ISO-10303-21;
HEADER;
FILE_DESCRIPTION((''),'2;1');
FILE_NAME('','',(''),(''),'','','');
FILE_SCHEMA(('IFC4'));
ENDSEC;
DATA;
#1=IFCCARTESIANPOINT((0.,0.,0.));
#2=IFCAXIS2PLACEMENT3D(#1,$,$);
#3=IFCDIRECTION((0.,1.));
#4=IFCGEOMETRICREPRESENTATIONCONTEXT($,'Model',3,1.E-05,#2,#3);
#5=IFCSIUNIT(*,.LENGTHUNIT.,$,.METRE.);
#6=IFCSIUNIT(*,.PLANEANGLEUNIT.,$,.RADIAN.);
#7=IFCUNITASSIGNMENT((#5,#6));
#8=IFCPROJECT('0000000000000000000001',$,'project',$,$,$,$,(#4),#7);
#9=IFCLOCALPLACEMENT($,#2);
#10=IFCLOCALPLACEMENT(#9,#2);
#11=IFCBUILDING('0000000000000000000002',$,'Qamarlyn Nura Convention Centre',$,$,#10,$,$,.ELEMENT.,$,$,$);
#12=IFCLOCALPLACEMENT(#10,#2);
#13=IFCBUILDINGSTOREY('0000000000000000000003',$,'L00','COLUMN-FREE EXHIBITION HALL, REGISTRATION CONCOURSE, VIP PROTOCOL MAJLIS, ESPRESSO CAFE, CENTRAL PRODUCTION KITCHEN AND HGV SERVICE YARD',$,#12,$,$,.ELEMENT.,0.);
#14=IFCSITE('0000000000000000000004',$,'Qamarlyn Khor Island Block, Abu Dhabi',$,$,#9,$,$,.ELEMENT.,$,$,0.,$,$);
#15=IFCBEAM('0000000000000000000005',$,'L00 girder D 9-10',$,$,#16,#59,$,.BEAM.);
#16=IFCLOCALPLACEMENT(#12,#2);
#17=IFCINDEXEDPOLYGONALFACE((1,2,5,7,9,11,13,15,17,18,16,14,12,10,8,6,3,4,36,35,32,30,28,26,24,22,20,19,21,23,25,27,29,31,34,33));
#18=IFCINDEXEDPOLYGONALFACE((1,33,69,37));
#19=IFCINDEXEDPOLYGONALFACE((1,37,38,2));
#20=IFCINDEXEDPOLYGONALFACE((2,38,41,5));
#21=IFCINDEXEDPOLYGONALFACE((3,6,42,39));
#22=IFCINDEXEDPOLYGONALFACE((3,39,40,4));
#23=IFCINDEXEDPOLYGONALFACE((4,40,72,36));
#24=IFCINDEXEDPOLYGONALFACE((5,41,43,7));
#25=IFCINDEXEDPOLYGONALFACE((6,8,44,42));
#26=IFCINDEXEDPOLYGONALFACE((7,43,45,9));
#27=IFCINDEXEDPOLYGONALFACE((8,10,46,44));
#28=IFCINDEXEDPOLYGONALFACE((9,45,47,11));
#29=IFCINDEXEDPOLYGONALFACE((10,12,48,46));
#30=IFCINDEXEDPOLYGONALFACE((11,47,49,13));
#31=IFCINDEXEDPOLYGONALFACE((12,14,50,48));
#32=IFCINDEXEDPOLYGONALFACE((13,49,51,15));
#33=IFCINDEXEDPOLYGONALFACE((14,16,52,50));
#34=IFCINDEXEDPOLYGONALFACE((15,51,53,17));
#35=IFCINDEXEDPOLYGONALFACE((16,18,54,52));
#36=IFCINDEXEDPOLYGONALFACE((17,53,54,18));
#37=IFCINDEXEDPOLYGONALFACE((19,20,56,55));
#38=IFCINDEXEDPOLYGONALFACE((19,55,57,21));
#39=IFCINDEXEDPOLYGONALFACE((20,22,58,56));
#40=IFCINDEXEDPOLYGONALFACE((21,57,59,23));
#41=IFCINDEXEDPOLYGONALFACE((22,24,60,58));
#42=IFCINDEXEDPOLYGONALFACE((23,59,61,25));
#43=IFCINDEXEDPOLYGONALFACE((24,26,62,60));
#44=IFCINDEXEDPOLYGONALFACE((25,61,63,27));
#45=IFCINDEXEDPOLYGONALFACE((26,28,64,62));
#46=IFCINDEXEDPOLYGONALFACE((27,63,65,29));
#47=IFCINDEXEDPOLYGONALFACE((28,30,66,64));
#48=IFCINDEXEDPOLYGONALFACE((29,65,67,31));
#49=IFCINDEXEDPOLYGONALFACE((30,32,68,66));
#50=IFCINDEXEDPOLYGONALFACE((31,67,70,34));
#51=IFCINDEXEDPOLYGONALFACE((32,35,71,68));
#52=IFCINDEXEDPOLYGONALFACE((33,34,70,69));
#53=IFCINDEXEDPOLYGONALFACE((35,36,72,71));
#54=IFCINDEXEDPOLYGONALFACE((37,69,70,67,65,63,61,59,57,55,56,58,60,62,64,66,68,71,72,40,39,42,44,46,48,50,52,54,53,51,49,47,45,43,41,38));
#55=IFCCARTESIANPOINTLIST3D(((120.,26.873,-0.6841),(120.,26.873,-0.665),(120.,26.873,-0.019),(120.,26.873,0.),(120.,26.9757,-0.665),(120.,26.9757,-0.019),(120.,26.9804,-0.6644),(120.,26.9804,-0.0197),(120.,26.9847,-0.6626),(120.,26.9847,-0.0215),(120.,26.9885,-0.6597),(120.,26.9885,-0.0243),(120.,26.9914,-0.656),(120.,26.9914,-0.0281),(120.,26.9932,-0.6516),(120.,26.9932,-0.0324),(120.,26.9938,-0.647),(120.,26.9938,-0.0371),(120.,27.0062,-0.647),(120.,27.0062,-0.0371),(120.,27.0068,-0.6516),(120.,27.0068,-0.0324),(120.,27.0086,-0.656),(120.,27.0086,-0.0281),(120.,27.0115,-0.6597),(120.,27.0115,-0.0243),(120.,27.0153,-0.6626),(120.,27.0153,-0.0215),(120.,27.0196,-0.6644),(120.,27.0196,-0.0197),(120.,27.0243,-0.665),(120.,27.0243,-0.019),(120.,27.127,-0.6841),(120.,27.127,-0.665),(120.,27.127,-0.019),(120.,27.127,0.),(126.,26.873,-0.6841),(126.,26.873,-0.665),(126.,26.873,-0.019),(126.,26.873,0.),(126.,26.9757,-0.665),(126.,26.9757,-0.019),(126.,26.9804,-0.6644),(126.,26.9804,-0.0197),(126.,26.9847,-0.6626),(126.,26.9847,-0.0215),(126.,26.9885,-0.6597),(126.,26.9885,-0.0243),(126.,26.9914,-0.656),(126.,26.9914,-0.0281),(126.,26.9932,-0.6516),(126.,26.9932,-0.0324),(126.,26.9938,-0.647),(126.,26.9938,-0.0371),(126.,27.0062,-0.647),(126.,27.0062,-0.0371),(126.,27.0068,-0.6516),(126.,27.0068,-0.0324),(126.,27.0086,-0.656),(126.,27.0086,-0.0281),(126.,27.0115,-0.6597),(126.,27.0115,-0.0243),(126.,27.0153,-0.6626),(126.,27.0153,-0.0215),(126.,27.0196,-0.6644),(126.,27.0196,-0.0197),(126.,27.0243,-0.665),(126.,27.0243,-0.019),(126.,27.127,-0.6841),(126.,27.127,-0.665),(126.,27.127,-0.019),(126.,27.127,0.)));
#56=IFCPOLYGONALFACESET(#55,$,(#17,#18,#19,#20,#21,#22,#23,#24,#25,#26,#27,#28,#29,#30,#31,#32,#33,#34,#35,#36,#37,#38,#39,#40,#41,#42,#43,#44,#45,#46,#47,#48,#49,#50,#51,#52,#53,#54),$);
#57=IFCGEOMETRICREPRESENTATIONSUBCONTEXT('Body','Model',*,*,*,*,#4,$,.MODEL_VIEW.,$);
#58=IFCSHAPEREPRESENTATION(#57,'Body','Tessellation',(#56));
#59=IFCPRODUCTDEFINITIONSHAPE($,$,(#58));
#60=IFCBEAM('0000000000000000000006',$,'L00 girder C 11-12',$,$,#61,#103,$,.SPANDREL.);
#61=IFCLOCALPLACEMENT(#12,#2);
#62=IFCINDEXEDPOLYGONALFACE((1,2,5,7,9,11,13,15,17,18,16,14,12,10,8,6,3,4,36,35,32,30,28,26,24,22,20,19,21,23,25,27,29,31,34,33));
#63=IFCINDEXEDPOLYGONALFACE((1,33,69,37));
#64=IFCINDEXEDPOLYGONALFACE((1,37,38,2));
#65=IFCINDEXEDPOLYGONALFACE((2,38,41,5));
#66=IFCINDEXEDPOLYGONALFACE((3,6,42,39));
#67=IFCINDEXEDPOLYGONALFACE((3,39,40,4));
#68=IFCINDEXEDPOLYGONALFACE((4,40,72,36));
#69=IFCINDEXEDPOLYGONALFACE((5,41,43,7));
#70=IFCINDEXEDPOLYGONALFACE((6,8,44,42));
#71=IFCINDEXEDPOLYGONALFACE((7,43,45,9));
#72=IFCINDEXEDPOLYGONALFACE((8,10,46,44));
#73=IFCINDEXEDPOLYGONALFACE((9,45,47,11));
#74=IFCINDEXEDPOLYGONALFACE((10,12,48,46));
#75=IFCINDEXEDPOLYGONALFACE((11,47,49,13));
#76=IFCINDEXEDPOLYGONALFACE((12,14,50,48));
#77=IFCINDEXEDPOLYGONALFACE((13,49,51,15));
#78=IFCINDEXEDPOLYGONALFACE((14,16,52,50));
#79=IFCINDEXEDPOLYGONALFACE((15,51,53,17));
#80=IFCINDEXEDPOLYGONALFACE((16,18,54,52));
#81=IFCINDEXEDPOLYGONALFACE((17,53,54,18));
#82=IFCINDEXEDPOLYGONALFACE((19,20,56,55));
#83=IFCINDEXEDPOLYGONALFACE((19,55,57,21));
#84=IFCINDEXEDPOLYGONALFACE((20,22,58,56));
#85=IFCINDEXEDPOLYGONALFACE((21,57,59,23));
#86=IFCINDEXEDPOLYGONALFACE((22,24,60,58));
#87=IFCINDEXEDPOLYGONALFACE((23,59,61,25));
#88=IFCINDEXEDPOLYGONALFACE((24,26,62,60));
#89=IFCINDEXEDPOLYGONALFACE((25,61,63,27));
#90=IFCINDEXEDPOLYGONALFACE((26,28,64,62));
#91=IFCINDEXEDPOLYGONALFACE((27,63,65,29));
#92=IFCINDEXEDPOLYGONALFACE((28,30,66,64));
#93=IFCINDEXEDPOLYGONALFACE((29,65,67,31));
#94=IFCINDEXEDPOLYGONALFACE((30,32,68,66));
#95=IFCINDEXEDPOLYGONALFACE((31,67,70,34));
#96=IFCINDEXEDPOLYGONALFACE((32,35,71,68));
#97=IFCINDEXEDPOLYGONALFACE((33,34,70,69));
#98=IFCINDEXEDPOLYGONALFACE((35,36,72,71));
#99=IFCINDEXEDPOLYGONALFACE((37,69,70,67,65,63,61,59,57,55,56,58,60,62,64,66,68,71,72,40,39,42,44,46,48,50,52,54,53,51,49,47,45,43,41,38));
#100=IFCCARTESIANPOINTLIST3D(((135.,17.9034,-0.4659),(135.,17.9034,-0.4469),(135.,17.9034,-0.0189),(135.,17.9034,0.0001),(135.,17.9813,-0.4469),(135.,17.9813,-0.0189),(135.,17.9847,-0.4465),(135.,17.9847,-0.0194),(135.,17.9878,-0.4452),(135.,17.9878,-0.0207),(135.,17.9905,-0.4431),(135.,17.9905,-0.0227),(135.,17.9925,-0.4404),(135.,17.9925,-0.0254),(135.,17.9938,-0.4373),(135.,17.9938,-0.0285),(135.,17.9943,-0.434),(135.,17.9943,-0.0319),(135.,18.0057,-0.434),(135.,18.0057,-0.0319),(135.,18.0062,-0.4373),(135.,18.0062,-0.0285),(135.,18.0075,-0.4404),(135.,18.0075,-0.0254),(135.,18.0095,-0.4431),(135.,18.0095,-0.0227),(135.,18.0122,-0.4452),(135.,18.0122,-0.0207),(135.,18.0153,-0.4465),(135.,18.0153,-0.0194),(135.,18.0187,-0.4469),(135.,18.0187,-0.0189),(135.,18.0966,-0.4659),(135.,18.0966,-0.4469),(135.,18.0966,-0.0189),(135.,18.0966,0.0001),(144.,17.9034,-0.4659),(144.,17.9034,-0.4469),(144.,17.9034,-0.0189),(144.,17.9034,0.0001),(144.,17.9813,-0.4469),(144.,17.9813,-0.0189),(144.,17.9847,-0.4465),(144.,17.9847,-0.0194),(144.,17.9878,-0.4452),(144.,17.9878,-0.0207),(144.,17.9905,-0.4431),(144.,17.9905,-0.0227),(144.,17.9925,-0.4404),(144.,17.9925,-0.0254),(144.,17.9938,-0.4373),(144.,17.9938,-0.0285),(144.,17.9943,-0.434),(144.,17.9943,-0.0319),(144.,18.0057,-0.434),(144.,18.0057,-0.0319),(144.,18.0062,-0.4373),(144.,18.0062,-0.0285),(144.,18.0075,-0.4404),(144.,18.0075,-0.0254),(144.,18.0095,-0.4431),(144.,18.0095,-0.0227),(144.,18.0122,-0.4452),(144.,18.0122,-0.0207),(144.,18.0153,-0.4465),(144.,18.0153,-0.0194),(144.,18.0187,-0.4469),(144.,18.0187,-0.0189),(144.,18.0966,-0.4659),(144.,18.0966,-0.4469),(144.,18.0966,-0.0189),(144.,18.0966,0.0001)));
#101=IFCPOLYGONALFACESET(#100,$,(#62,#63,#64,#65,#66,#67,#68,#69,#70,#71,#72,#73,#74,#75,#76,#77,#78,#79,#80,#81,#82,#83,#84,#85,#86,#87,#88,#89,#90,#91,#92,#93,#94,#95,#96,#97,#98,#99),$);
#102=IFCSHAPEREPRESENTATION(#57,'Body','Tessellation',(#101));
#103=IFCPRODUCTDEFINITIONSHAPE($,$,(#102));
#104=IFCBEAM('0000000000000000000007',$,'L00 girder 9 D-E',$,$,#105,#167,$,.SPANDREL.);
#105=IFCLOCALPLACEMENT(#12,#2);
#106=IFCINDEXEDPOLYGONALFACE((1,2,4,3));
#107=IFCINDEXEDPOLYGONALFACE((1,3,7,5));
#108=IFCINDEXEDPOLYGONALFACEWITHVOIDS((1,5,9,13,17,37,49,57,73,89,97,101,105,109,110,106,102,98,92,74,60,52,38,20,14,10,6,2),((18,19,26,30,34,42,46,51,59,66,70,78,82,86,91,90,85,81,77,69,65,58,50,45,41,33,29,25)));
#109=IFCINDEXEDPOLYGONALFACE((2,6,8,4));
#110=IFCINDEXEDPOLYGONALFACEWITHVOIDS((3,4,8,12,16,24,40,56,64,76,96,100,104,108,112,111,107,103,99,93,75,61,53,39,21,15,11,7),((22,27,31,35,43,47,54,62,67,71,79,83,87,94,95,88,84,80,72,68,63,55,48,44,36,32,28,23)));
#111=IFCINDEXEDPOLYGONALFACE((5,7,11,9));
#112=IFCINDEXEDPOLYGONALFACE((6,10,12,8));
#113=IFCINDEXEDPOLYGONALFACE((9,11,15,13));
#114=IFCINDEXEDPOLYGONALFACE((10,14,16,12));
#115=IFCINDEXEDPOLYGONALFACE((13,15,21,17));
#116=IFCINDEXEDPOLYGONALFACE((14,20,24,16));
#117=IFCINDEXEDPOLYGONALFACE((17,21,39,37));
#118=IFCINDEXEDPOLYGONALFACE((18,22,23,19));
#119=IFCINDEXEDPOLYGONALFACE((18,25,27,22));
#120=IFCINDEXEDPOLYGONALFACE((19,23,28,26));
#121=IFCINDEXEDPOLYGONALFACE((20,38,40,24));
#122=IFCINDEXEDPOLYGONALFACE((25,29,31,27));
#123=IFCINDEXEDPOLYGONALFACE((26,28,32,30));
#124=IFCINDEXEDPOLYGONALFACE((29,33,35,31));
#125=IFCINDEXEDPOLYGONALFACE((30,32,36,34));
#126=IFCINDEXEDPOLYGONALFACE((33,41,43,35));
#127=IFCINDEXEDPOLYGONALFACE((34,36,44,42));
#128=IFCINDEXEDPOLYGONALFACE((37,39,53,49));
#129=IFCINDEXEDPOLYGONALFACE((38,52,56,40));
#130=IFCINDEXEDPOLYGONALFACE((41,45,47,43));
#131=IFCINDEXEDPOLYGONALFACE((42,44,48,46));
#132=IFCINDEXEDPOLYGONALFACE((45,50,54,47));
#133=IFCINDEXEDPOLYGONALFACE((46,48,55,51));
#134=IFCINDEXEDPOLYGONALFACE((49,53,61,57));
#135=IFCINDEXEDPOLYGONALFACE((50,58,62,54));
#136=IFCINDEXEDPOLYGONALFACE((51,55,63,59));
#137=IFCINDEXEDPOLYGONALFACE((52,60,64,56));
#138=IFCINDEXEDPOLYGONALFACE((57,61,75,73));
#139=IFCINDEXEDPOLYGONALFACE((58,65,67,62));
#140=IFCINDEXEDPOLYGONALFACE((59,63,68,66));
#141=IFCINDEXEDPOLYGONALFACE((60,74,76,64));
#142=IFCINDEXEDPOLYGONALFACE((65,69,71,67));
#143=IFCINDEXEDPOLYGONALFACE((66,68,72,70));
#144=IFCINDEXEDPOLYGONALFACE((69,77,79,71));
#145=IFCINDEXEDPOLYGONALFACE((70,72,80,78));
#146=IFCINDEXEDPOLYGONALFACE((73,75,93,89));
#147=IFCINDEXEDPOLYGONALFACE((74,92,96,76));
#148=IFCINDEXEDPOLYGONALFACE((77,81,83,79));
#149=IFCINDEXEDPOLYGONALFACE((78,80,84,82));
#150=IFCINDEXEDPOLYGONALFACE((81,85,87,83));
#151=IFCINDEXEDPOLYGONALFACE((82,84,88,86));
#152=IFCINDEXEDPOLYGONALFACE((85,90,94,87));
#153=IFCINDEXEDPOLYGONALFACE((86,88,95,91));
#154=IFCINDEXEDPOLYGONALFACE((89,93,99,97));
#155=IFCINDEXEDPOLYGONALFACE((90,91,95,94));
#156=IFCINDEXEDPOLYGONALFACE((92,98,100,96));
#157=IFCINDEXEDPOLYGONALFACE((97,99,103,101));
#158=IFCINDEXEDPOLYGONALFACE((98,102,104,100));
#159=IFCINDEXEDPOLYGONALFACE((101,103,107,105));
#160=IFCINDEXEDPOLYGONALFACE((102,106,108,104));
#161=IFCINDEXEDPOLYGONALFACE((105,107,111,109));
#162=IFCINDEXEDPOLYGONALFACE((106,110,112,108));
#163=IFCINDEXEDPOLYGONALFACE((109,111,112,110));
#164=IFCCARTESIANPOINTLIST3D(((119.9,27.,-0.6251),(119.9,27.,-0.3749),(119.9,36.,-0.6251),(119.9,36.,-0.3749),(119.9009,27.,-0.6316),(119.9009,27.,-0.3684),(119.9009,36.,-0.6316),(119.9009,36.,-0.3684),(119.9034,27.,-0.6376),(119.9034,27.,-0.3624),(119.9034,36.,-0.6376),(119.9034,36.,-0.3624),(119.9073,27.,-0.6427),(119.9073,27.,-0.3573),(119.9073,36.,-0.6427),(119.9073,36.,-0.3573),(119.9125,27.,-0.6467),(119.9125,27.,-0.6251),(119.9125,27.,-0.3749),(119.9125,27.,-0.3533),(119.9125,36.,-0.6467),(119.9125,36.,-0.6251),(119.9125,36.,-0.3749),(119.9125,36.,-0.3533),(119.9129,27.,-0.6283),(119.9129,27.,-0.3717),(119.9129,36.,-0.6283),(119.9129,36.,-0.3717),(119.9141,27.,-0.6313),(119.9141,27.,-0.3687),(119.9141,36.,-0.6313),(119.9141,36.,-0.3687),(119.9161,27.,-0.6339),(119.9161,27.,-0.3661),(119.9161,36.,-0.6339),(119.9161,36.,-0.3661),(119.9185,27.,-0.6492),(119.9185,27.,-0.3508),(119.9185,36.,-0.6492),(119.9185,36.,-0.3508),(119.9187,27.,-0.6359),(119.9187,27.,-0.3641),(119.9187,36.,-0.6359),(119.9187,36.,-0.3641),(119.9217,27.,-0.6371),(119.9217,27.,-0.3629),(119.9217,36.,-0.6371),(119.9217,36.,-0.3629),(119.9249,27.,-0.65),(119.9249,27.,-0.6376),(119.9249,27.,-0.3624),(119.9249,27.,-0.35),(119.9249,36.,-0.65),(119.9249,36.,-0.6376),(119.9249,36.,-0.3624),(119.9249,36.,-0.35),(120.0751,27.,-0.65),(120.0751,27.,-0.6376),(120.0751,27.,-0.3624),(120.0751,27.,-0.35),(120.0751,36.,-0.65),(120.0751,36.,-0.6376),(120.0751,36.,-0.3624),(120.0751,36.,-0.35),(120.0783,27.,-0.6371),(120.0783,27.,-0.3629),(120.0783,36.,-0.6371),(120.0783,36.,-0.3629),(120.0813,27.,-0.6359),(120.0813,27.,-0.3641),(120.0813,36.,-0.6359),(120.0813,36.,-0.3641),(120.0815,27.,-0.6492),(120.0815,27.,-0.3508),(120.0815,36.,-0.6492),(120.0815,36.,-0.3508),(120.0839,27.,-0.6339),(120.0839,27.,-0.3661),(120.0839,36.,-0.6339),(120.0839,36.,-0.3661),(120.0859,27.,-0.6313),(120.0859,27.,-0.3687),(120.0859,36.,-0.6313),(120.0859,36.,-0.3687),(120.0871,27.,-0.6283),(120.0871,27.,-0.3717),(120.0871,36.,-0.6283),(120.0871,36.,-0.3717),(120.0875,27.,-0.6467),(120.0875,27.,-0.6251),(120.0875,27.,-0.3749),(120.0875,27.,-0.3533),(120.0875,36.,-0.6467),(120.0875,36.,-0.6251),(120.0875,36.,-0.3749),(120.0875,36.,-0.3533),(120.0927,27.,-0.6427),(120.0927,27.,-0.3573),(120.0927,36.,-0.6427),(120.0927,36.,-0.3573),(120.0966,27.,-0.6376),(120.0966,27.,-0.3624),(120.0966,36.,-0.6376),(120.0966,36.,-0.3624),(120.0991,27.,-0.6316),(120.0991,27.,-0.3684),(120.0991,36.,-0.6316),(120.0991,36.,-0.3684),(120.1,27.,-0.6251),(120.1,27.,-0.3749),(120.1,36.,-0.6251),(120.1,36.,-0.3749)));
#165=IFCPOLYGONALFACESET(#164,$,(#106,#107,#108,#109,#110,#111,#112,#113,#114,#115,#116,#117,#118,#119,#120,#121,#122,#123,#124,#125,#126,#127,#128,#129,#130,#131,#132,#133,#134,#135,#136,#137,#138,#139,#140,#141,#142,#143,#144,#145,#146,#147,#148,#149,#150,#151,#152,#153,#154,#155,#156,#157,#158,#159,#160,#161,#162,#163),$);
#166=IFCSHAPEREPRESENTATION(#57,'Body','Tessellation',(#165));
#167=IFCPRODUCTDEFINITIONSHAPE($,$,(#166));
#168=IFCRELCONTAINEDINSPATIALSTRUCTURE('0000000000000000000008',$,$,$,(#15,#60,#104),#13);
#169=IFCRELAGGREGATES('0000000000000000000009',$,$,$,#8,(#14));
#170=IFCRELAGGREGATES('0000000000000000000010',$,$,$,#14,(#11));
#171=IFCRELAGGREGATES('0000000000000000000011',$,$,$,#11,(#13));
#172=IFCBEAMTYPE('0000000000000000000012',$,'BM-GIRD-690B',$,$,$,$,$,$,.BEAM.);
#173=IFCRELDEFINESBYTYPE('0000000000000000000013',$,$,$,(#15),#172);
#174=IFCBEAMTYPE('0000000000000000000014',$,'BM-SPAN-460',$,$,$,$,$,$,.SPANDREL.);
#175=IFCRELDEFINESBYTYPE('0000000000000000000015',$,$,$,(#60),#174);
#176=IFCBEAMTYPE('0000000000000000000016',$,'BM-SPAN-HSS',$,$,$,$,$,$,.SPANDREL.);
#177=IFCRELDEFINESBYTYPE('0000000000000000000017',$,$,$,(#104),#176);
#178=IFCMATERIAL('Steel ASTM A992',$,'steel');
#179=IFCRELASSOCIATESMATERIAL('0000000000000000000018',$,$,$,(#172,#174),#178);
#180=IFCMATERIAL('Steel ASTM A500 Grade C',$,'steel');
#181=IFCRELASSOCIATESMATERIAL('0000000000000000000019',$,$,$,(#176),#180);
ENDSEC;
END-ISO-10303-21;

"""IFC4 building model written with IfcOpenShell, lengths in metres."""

from ifc_helpers import new_model, si_unit, direction, frame, origin, origin_2d, place, context, subcontext, project, spatial, hollow_rectangle, i_section, extrude, material, material_profile, profile_set, type_object, element, save


model = new_model("IFC4")

# Units and contexts
model_context = context("Model", 3, precision=1e-05, world=origin(), true_north=direction((0.0, 1.0)))
body_context = subcontext(model_context, "Body", "Model", "MODEL_VIEW")
ifc_project = project(units=[si_unit("LENGTHUNIT", "METRE"), si_unit("PLANEANGLEUNIT", "RADIAN")], contexts=[model_context])

# Site, building, storey
site_placement = place(None, origin())
site = spatial("IfcSite", under=ifc_project, at=site_placement, Name="Qamarlyn Khor Island Block, Abu Dhabi", CompositionType="ELEMENT", RefElevation=0.0)
building_placement = place(site_placement, origin())
building = spatial("IfcBuilding", under=site, at=building_placement, Name="Qamarlyn Nura Convention Centre", CompositionType="ELEMENT")
storey_placement = place(building_placement, origin())
storey = spatial("IfcBuildingStorey", under=building, at=storey_placement, Name="L00", Description="COLUMN-FREE EXHIBITION HALL, REGISTRATION CONCOURSE, VIP PROTOCOL MAJLIS, ESPRESSO CAFE, CENTRAL PRODUCTION KITCHEN AND HGV SERVICE YARD", CompositionType="ELEMENT", Elevation=0.0)

# Shared definitions
ifc_material_1 = material(Name="Steel ASTM A992", Category="steel")

# Beams
ifc_material_profile_1 = material_profile(ifc_material_1, i_section(OverallWidth=0.2539, OverallDepth=0.6841, WebThickness=0.0125, FlangeThickness=0.019, FilletRadius=0.0181, at=origin_2d()), Name="W690X140")
ifc_profile_set_1 = profile_set([ifc_material_profile_1], Name="Steel ASTM A992")
beam_type_1 = type_object("IfcBeamType", Name="BM-GIRD-690B", PredefinedType="BEAM", material=ifc_profile_set_1)
beam_1_placement = place(storey_placement, frame((120.0, 27.0, -0.342), z_axis=(1.0, 0.0, 0.0), x_axis=(0.0, 1.0, 0.0)))
element("IfcBeam", 1, at=beam_1_placement, inside=storey, type_object=beam_type_1, Name="L00 girder D 9-10", PredefinedType="BEAM", context=body_context, shape_type="SweptSolid", body=[
    extrude(i_section(OverallWidth=0.2539, OverallDepth=0.6841, WebThickness=0.0125, FlangeThickness=0.019, FilletRadius=0.0181, at=origin_2d()), origin(), (0.0, 0.0, 1.0), 6.0),
])
ifc_material_profile_2 = material_profile(ifc_material_1, i_section(OverallWidth=0.1931, OverallDepth=0.4661, WebThickness=0.0115, FlangeThickness=0.019, FilletRadius=0.0129, at=origin_2d()), Name="W460X97")
ifc_profile_set_2 = profile_set([ifc_material_profile_2], Name="Steel ASTM A992")
beam_type_2 = type_object("IfcBeamType", Name="BM-SPAN-460", PredefinedType="SPANDREL", material=ifc_profile_set_2)
beam_2_placement = place(storey_placement, frame((135.0, 18.0, -0.2329), z_axis=(1.0, 0.0, 0.0), x_axis=(0.0, 1.0, 0.0)))
element("IfcBeam", 2, at=beam_2_placement, inside=storey, type_object=beam_type_2, Name="L00 girder C 11-12", PredefinedType="SPANDREL", context=body_context, shape_type="SweptSolid", body=[
    extrude(i_section(OverallWidth=0.1931, OverallDepth=0.4661, WebThickness=0.0115, FlangeThickness=0.019, FilletRadius=0.0129, at=origin_2d()), origin(), (0.0, 0.0, 1.0), 9.0),
])
ifc_material_2 = material(Name="Steel ASTM A500 Grade C", Category="steel")
ifc_material_profile_3 = material_profile(ifc_material_2, hollow_rectangle(XDim=0.2, YDim=0.3, WallThickness=0.0125, InnerFilletRadius=0.0125, OuterFilletRadius=0.0249, at=origin_2d()), Name="HSS300X200X12.5")
ifc_profile_set_3 = profile_set([ifc_material_profile_3], Name="Steel ASTM A500 Grade C")
beam_type_3 = type_object("IfcBeamType", Name="BM-SPAN-HSS", PredefinedType="SPANDREL", material=ifc_profile_set_3)
for number, where, z_axis, x_axis, name in (
    (3, (120.0, 27.0, -0.5), (0.0, 1.0, 0.0), (-1.0, 0.0, 0.0), "L00 girder 9 D-E"),
):
    element("IfcBeam", number, at=place(storey_placement, frame(where, z_axis=z_axis, x_axis=x_axis)), inside=storey, type_object=beam_type_3, Name=name, PredefinedType="SPANDREL", context=body_context, shape_type="SweptSolid", body=[
        extrude(hollow_rectangle(XDim=0.2, YDim=0.3, WallThickness=0.0125, InnerFilletRadius=0.0125, OuterFilletRadius=0.0249, at=origin_2d()), origin(), (0.0, 0.0, 1.0), 9.0),
    ])

save(model, "model.ifc")
